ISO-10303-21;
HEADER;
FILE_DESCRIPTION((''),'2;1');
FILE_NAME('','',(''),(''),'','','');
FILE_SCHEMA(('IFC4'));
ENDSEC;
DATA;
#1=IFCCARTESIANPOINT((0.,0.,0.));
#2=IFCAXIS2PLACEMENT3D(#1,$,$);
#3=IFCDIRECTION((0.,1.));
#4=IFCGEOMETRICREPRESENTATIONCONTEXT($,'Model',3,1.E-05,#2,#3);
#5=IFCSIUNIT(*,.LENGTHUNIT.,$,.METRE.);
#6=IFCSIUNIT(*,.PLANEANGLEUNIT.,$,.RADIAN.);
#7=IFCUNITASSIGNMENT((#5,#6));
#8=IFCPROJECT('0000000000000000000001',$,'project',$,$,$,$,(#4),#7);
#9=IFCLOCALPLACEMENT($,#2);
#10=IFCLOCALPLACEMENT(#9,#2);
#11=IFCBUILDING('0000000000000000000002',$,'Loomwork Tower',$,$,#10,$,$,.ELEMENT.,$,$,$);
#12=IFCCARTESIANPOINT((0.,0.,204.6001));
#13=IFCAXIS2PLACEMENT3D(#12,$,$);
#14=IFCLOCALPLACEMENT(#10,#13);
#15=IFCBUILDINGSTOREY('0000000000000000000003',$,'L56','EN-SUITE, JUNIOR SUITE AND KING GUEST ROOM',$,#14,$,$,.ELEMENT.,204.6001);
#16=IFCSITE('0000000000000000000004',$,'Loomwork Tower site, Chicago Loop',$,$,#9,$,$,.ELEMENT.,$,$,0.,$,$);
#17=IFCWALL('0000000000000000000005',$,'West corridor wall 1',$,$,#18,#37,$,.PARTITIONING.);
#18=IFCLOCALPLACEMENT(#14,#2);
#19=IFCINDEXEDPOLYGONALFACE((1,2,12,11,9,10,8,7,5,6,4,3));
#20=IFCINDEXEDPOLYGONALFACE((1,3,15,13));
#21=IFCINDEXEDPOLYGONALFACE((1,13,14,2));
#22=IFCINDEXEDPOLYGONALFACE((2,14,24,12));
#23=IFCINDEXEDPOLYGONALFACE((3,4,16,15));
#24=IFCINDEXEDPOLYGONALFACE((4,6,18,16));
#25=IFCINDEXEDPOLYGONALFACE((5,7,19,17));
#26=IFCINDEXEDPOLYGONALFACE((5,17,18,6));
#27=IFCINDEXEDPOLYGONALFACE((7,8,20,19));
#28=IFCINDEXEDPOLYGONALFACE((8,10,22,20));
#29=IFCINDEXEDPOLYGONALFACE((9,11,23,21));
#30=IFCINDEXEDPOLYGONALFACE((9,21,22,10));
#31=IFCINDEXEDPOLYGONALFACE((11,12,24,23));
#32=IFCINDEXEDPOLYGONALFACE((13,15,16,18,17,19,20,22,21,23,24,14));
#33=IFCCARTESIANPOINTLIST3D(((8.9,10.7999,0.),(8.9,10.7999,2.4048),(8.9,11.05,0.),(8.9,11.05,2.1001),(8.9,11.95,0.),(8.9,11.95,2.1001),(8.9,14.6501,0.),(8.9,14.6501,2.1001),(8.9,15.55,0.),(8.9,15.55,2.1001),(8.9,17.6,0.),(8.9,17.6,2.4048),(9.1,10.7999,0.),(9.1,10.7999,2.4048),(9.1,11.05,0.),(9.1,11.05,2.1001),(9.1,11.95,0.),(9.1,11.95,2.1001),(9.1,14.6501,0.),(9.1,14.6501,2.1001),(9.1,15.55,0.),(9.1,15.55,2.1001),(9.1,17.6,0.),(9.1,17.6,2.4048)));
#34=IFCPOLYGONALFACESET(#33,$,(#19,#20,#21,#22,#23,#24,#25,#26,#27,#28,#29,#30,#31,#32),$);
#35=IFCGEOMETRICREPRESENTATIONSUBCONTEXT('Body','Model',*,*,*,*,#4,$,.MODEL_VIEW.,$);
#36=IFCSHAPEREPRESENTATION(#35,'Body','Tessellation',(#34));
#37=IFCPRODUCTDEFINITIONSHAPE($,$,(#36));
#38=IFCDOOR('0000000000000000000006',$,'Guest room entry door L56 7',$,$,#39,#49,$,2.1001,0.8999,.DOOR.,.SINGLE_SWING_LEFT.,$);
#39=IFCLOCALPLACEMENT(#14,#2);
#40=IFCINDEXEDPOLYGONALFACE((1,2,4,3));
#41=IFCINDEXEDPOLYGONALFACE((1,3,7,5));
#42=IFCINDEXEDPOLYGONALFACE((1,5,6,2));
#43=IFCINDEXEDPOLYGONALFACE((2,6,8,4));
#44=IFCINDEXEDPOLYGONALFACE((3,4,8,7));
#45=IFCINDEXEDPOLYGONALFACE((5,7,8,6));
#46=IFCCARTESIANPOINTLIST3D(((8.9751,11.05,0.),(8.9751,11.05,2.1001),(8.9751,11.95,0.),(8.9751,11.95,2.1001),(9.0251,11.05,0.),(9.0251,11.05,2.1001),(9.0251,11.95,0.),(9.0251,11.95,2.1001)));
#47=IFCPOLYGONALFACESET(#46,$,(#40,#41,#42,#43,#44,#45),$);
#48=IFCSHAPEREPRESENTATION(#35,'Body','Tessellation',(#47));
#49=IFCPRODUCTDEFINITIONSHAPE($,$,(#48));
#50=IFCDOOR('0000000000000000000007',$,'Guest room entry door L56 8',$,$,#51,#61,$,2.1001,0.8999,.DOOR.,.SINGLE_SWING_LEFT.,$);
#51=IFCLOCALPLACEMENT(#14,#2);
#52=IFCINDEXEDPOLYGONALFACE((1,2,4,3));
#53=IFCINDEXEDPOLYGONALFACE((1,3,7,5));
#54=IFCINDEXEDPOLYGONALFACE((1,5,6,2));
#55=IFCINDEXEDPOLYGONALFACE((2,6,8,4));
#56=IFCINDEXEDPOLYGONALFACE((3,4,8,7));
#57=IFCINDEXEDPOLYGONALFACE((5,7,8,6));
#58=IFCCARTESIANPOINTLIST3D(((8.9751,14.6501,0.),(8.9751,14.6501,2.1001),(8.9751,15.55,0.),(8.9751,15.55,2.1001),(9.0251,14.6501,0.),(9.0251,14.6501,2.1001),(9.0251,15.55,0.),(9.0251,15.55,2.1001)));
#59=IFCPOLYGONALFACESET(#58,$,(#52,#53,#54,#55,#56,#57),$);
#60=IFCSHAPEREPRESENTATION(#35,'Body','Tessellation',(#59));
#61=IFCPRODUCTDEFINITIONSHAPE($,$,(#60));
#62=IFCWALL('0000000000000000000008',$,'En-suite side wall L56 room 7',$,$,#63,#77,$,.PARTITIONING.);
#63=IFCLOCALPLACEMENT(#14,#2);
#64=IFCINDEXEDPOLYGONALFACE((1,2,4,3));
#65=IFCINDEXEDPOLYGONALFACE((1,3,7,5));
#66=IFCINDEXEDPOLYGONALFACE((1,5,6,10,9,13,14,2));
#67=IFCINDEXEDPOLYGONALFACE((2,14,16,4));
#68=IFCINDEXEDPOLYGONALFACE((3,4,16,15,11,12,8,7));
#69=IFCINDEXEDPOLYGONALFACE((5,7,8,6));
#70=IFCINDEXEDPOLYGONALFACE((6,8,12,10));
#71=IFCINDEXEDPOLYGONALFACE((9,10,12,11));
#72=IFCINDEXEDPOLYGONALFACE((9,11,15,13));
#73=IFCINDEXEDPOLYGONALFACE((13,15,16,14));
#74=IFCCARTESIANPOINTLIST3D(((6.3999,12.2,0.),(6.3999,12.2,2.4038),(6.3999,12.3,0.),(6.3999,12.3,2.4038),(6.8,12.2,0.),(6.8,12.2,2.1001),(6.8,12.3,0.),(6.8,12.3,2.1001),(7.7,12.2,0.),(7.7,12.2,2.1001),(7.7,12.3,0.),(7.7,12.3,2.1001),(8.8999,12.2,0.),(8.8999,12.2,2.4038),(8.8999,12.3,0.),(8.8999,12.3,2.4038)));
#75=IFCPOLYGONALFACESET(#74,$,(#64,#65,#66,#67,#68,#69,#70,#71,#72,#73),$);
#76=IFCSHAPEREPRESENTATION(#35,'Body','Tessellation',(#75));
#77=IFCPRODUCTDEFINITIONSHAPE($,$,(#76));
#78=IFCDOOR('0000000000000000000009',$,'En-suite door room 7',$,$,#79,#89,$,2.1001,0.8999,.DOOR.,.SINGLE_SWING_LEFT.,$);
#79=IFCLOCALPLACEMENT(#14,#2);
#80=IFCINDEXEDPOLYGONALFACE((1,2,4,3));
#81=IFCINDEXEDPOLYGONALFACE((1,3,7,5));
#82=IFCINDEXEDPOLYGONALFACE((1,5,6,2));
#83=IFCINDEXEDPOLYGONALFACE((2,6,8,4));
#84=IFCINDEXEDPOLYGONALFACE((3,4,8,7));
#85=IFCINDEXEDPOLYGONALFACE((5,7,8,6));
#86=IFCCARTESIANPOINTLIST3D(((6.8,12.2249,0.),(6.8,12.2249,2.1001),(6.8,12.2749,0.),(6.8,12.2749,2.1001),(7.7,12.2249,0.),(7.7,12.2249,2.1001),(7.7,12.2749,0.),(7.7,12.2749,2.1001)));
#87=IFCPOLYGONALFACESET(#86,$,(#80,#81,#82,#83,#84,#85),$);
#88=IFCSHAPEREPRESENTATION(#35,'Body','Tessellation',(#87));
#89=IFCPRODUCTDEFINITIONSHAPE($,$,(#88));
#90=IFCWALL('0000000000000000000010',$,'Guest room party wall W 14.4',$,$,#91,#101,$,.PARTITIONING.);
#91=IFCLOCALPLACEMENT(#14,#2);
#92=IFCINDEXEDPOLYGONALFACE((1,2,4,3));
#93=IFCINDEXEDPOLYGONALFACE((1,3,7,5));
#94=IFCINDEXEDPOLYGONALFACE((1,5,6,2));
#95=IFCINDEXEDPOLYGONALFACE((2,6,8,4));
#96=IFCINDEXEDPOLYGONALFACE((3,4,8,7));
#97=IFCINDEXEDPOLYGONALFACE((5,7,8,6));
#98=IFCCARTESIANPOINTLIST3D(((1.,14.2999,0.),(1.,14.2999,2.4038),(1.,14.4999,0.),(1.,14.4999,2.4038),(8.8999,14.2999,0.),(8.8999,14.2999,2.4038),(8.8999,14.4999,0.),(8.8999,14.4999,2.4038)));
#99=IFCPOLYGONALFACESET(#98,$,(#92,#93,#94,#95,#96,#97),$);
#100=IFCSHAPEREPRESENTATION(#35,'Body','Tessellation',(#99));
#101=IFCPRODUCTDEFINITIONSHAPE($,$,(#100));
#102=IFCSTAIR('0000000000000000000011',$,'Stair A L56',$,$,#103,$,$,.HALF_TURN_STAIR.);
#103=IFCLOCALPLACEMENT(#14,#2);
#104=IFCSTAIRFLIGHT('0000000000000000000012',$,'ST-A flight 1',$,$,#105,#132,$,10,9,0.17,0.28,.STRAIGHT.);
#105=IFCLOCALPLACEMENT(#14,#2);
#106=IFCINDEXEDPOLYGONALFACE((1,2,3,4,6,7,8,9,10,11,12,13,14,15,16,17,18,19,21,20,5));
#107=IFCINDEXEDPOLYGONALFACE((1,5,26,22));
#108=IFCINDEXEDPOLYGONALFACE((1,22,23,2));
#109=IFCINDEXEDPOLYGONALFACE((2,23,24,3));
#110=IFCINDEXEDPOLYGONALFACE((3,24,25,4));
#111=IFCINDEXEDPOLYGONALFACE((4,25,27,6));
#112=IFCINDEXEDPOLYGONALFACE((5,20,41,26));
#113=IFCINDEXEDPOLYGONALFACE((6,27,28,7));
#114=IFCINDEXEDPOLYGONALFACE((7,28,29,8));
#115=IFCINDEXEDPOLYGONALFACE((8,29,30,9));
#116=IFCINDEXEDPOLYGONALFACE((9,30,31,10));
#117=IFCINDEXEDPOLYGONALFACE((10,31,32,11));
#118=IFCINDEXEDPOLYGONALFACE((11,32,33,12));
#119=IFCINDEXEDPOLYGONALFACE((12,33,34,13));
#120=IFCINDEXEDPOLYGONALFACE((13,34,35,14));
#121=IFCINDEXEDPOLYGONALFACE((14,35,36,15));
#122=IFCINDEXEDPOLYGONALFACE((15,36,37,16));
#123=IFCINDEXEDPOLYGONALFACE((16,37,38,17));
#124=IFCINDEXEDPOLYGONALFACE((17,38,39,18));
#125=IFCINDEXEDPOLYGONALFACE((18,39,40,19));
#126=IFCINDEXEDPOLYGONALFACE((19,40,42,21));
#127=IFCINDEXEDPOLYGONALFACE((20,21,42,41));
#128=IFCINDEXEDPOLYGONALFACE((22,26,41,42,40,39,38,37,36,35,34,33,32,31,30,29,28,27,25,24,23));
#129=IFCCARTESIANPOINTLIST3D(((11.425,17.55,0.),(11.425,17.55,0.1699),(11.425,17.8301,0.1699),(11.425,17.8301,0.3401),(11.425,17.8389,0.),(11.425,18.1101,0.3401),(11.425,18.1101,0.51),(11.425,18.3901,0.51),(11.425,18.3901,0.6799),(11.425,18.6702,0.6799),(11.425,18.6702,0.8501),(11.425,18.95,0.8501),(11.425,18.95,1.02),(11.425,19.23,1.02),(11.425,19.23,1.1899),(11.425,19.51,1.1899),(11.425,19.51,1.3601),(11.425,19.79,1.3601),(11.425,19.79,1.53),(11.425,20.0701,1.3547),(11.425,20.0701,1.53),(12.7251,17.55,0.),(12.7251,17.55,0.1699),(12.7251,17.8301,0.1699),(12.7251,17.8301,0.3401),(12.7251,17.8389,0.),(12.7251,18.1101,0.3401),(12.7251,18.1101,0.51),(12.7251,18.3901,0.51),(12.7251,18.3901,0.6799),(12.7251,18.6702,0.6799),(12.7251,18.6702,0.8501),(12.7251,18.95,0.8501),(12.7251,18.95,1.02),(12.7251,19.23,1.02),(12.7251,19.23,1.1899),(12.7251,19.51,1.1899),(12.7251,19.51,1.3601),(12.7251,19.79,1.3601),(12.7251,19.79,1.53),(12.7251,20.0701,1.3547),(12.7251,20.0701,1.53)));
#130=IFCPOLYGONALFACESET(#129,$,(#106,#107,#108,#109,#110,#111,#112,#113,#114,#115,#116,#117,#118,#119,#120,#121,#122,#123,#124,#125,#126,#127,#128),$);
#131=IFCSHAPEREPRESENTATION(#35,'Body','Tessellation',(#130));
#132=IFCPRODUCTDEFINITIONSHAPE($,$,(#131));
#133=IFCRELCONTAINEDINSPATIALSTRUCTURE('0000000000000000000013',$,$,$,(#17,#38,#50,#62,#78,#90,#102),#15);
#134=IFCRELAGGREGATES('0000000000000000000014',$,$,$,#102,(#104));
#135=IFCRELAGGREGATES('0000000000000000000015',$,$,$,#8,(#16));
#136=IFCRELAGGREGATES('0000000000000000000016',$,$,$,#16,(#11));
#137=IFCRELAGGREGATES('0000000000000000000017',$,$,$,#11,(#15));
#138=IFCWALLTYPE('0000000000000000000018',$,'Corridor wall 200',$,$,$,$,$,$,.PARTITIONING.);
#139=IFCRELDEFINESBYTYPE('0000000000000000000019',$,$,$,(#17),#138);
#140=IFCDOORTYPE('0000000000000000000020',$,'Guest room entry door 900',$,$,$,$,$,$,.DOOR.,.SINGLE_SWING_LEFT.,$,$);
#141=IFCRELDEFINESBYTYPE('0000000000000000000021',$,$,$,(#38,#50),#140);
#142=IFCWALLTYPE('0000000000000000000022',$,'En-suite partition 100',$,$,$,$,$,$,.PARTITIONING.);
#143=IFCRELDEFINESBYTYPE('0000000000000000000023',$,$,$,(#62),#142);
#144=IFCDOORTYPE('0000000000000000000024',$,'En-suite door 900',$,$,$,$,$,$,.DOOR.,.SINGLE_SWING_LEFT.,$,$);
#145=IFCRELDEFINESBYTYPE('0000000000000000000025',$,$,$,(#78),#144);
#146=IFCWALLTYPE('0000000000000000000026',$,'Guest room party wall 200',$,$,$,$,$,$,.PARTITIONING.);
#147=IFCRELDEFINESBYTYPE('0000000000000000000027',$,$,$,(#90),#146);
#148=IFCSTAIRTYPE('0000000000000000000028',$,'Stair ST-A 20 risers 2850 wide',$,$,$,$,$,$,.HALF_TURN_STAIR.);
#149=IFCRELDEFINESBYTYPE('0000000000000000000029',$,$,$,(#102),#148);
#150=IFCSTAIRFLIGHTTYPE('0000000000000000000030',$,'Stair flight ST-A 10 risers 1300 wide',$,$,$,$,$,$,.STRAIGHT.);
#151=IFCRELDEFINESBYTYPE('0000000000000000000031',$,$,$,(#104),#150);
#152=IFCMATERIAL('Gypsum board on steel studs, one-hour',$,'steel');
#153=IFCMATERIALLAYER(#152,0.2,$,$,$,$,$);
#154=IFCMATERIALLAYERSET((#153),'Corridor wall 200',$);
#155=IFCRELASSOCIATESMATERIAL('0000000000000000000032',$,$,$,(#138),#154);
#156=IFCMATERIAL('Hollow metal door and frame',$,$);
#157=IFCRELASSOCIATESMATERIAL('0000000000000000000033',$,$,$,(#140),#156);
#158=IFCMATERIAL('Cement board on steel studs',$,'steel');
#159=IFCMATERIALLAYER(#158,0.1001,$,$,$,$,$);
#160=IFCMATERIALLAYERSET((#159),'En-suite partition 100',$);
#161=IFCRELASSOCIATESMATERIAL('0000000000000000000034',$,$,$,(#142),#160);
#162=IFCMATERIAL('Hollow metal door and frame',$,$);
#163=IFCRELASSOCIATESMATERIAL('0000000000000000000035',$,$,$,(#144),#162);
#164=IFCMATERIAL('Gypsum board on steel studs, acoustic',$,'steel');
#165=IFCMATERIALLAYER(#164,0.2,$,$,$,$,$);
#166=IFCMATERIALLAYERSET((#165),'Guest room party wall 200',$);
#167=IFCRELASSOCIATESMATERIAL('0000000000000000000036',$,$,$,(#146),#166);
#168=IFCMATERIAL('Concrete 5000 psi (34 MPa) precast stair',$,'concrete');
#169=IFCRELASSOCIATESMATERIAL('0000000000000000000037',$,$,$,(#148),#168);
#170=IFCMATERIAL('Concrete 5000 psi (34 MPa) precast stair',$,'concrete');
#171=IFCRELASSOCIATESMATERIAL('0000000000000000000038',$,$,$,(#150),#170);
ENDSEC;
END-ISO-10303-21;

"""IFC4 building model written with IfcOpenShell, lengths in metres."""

from ifc_helpers import new_model, si_unit, direction, frame, frame_2d, origin, place, context, subcontext, project, spatial, polyline, rectangle, outline, extrude, material, layer, layer_set, type_object, element, fill, aggregate, save


model = new_model("IFC4")

# Units and contexts
model_context = context("Model", 3, precision=1e-05, world=origin(), true_north=direction((0.0, 1.0)))
body_context = subcontext(model_context, "Body", "Model", "MODEL_VIEW")
ifc_project = project(units=[si_unit("LENGTHUNIT", "METRE"), si_unit("PLANEANGLEUNIT", "RADIAN")], contexts=[model_context])

# Site, building, storey
site_placement = place(None, origin())
site = spatial("IfcSite", under=ifc_project, at=site_placement, Name="Loomwork Tower site, Chicago Loop", CompositionType="ELEMENT", RefElevation=0.0)
building_placement = place(site_placement, origin())
building = spatial("IfcBuilding", under=site, at=building_placement, Name="Loomwork Tower", CompositionType="ELEMENT")
storey_placement = place(building_placement, frame((0.0, 0.0, 204.6001)))
storey = spatial("IfcBuildingStorey", under=building, at=storey_placement, Name="L56", Description="EN-SUITE, JUNIOR SUITE AND KING GUEST ROOM", CompositionType="ELEMENT", Elevation=204.6001)

# Wall, openings, doors
ifc_material_1 = material(Name="Gypsum board on steel studs, one-hour", Category="steel")
ifc_layer_1 = layer(ifc_material_1, 0.2)
ifc_layer_set_1 = layer_set([ifc_layer_1], Name="Corridor wall 200")
wall_type_1 = type_object("IfcWallType", Name="Corridor wall 200", PredefinedType="PARTITIONING", material=ifc_layer_set_1)
wall_1_placement = place(storey_placement, frame((9.0, 10.8, 0.0), z_axis=(0.0, 0.0, 1.0), x_axis=(0.0, 1.0, 0.0)))
wall_1 = element("IfcWall", 1, at=wall_1_placement, inside=storey, type_object=wall_type_1, Name="West corridor wall 1", PredefinedType="PARTITIONING", context=body_context, shape_type="SweptSolid", body=[
    extrude(rectangle(XDim=6.8, YDim=0.2, at=frame_2d((3.3999, 0.0))), origin(), (0.0, 0.0, 1.0), 2.4048),
])
opening_1_placement = place(wall_1_placement, frame((0.25, 0.0, 0.0)))
opening_1 = element("IfcOpeningElement", 2, at=opening_1_placement, cuts=wall_1, PredefinedType="OPENING", context=body_context, shape_type="SweptSolid", body=[
    extrude(rectangle(XDim=0.8999, YDim=2.1001, at=frame_2d((0.45, 1.05))), frame((0.0, 0.1099, 0.0), z_axis=(0.0, -1.0, 0.0), x_axis=(1.0, 0.0, 0.0)), (0.0, 0.0, 1.0), 0.22),
])
opening_2_placement = place(wall_1_placement, frame((3.8501, 0.0, 0.0)))
opening_2 = element("IfcOpeningElement", 3, at=opening_2_placement, cuts=wall_1, PredefinedType="OPENING", context=body_context, shape_type="SweptSolid", body=[
    extrude(rectangle(XDim=0.8999, YDim=2.1001, at=frame_2d((0.45, 1.05))), frame((0.0, 0.1099, 0.0), z_axis=(0.0, -1.0, 0.0), x_axis=(1.0, 0.0, 0.0)), (0.0, 0.0, 1.0), 0.22),
])
ifc_material_2 = material(Name="Hollow metal door and frame")
door_type_1 = type_object("IfcDoorType", Name="Guest room entry door 900", OperationType="SINGLE_SWING_LEFT", PredefinedType="DOOR", material=ifc_material_2)
door_1_placement = place(opening_1_placement, origin())
door_1 = element("IfcDoor", 4, at=door_1_placement, inside=storey, type_object=door_type_1, Name="Guest room entry door L56 7", OperationType="SINGLE_SWING_LEFT", OverallHeight=2.1001, OverallWidth=0.8999, PredefinedType="DOOR", context=body_context, shape_type="SweptSolid", body=[
    extrude(rectangle(XDim=0.8999, YDim=2.1001, at=frame_2d((0.45, 1.05))), frame((0.0, 0.0249, 0.0), z_axis=(0.0, -1.0, 0.0), x_axis=(1.0, 0.0, 0.0)), (0.0, 0.0, 1.0), 0.05),
])
fill(opening_1, door_1)
door_2_placement = place(opening_2_placement, origin())
door_2 = element("IfcDoor", 5, at=door_2_placement, inside=storey, type_object=door_type_1, Name="Guest room entry door L56 8", OperationType="SINGLE_SWING_LEFT", OverallHeight=2.1001, OverallWidth=0.8999, PredefinedType="DOOR", context=body_context, shape_type="SweptSolid", body=[
    extrude(rectangle(XDim=0.8999, YDim=2.1001, at=frame_2d((0.45, 1.05))), frame((0.0, 0.0249, 0.0), z_axis=(0.0, -1.0, 0.0), x_axis=(1.0, 0.0, 0.0)), (0.0, 0.0, 1.0), 0.05),
])
fill(opening_2, door_2)

# Wall, opening, door
ifc_material_3 = material(Name="Cement board on steel studs", Category="steel")
ifc_layer_2 = layer(ifc_material_3, 0.1001)
ifc_layer_set_2 = layer_set([ifc_layer_2], Name="En-suite partition 100")
wall_type_2 = type_object("IfcWallType", Name="En-suite partition 100", PredefinedType="PARTITIONING", material=ifc_layer_set_2)
wall_2_placement = place(storey_placement, frame((8.8999, 12.25, 0.0), z_axis=(0.0, 0.0, 1.0), x_axis=(-1.0, 0.0, 0.0)))
wall_2 = element("IfcWall", 6, at=wall_2_placement, inside=storey, type_object=wall_type_2, Name="En-suite side wall L56 room 7", PredefinedType="PARTITIONING", context=body_context, shape_type="SweptSolid", body=[
    extrude(rectangle(XDim=2.5, YDim=0.1001, at=frame_2d((1.25, 0.0))), origin(), (0.0, 0.0, 1.0), 2.4038),
])
opening_3_placement = place(wall_2_placement, frame((1.2, 0.0, 0.0)))
opening_3 = element("IfcOpeningElement", 7, at=opening_3_placement, cuts=wall_2, PredefinedType="OPENING", context=body_context, shape_type="SweptSolid", body=[
    extrude(rectangle(XDim=0.8999, YDim=2.1001, at=frame_2d((0.45, 1.05))), frame((0.0, 0.0601, 0.0), z_axis=(0.0, -1.0, 0.0), x_axis=(1.0, 0.0, 0.0)), (0.0, 0.0, 1.0), 0.1201),
])
ifc_material_4 = material(Name="Hollow metal door and frame")
door_type_2 = type_object("IfcDoorType", Name="En-suite door 900", OperationType="SINGLE_SWING_LEFT", PredefinedType="DOOR", material=ifc_material_4)
door_3_placement = place(opening_3_placement, frame((0.8999, 0.0, 0.0), z_axis=(0.0, 0.0, 1.0), x_axis=(-1.0, 0.0, 0.0)))
door_3 = element("IfcDoor", 8, at=door_3_placement, inside=storey, type_object=door_type_2, Name="En-suite door room 7", OperationType="SINGLE_SWING_LEFT", OverallHeight=2.1001, OverallWidth=0.8999, PredefinedType="DOOR", context=body_context, shape_type="SweptSolid", body=[
    extrude(rectangle(XDim=0.8999, YDim=2.1001, at=frame_2d((0.45, 1.05))), frame((0.0, 0.0249, 0.0), z_axis=(0.0, -1.0, 0.0), x_axis=(1.0, 0.0, 0.0)), (0.0, 0.0, 1.0), 0.05),
])
fill(opening_3, door_3)

# Wall
ifc_material_5 = material(Name="Gypsum board on steel studs, acoustic", Category="steel")
ifc_layer_3 = layer(ifc_material_5, 0.2)
ifc_layer_set_3 = layer_set([ifc_layer_3], Name="Guest room party wall 200")
wall_type_3 = type_object("IfcWallType", Name="Guest room party wall 200", PredefinedType="PARTITIONING", material=ifc_layer_set_3)
wall_3_placement = place(storey_placement, frame((8.8999, 14.3999, 0.0), z_axis=(0.0, 0.0, 1.0), x_axis=(-1.0, 0.0, 0.0)))
element("IfcWall", 9, at=wall_3_placement, inside=storey, type_object=wall_type_3, Name="Guest room party wall W 14.4", PredefinedType="PARTITIONING", context=body_context, shape_type="SweptSolid", body=[
    extrude(rectangle(XDim=7.8999, YDim=0.2, at=frame_2d((3.95, 0.0))), origin(), (0.0, 0.0, 1.0), 2.4038),
])

# Stair, stair flight
ifc_material_6 = material(Name="Concrete 5000 psi (34 MPa) precast stair", Category="concrete")
stair_type = type_object("IfcStairType", Name="Stair ST-A 20 risers 2850 wide", PredefinedType="HALF_TURN_STAIR", material=ifc_material_6)
stair_placement = place(storey_placement, origin())
stair = element("IfcStair", 10, at=stair_placement, inside=storey, type_object=stair_type, Name="Stair A L56", PredefinedType="HALF_TURN_STAIR")
ifc_material_7 = material(Name="Concrete 5000 psi (34 MPa) precast stair", Category="concrete")
stair_flight_type = type_object("IfcStairFlightType", Name="Stair flight ST-A 10 risers 1300 wide", PredefinedType="STRAIGHT", material=ifc_material_7)
stair_flight_placement = place(storey_placement, frame((12.075, 17.55, 0.0), z_axis=(0.0, 0.0, 1.0), x_axis=(0.0, 1.0, 0.0)))
stair_flight = element("IfcStairFlight", 11, at=stair_flight_placement, type_object=stair_flight_type, Name="ST-A flight 1", NumberOfRisers=10, NumberOfTreads=9, PredefinedType="STRAIGHT", RiserHeight=0.17, TreadLength=0.28, context=body_context, shape_type="SweptSolid", body=[
    extrude(outline(polyline([(0.0, 0.0), (0.0, 0.1699), (0.28, 0.1699), (0.28, 0.3401), (0.5601, 0.3401), (0.5601, 0.51), (0.8401, 0.51), (0.8401, 0.6799), (1.1201, 0.6799), (1.1201, 0.8501), (1.3999, 0.8501), (1.3999, 1.02), (1.6799, 1.02), (1.6799, 1.1899), (1.96, 1.1899), (1.96, 1.3601), (2.24, 1.3601), (2.24, 1.53), (2.52, 1.53), (2.52, 1.7), (2.52, 1.3547), (0.2888, 0.0), (0.0, 0.0)])), frame((0.0, 0.6499, 0.0), z_axis=(0.0, -1.0, 0.0), x_axis=(1.0, 0.0, 0.0)), (0.0, 0.0, 1.0), 1.3),
])
aggregate(stair, [stair_flight])

save(model, "model.ifc")
